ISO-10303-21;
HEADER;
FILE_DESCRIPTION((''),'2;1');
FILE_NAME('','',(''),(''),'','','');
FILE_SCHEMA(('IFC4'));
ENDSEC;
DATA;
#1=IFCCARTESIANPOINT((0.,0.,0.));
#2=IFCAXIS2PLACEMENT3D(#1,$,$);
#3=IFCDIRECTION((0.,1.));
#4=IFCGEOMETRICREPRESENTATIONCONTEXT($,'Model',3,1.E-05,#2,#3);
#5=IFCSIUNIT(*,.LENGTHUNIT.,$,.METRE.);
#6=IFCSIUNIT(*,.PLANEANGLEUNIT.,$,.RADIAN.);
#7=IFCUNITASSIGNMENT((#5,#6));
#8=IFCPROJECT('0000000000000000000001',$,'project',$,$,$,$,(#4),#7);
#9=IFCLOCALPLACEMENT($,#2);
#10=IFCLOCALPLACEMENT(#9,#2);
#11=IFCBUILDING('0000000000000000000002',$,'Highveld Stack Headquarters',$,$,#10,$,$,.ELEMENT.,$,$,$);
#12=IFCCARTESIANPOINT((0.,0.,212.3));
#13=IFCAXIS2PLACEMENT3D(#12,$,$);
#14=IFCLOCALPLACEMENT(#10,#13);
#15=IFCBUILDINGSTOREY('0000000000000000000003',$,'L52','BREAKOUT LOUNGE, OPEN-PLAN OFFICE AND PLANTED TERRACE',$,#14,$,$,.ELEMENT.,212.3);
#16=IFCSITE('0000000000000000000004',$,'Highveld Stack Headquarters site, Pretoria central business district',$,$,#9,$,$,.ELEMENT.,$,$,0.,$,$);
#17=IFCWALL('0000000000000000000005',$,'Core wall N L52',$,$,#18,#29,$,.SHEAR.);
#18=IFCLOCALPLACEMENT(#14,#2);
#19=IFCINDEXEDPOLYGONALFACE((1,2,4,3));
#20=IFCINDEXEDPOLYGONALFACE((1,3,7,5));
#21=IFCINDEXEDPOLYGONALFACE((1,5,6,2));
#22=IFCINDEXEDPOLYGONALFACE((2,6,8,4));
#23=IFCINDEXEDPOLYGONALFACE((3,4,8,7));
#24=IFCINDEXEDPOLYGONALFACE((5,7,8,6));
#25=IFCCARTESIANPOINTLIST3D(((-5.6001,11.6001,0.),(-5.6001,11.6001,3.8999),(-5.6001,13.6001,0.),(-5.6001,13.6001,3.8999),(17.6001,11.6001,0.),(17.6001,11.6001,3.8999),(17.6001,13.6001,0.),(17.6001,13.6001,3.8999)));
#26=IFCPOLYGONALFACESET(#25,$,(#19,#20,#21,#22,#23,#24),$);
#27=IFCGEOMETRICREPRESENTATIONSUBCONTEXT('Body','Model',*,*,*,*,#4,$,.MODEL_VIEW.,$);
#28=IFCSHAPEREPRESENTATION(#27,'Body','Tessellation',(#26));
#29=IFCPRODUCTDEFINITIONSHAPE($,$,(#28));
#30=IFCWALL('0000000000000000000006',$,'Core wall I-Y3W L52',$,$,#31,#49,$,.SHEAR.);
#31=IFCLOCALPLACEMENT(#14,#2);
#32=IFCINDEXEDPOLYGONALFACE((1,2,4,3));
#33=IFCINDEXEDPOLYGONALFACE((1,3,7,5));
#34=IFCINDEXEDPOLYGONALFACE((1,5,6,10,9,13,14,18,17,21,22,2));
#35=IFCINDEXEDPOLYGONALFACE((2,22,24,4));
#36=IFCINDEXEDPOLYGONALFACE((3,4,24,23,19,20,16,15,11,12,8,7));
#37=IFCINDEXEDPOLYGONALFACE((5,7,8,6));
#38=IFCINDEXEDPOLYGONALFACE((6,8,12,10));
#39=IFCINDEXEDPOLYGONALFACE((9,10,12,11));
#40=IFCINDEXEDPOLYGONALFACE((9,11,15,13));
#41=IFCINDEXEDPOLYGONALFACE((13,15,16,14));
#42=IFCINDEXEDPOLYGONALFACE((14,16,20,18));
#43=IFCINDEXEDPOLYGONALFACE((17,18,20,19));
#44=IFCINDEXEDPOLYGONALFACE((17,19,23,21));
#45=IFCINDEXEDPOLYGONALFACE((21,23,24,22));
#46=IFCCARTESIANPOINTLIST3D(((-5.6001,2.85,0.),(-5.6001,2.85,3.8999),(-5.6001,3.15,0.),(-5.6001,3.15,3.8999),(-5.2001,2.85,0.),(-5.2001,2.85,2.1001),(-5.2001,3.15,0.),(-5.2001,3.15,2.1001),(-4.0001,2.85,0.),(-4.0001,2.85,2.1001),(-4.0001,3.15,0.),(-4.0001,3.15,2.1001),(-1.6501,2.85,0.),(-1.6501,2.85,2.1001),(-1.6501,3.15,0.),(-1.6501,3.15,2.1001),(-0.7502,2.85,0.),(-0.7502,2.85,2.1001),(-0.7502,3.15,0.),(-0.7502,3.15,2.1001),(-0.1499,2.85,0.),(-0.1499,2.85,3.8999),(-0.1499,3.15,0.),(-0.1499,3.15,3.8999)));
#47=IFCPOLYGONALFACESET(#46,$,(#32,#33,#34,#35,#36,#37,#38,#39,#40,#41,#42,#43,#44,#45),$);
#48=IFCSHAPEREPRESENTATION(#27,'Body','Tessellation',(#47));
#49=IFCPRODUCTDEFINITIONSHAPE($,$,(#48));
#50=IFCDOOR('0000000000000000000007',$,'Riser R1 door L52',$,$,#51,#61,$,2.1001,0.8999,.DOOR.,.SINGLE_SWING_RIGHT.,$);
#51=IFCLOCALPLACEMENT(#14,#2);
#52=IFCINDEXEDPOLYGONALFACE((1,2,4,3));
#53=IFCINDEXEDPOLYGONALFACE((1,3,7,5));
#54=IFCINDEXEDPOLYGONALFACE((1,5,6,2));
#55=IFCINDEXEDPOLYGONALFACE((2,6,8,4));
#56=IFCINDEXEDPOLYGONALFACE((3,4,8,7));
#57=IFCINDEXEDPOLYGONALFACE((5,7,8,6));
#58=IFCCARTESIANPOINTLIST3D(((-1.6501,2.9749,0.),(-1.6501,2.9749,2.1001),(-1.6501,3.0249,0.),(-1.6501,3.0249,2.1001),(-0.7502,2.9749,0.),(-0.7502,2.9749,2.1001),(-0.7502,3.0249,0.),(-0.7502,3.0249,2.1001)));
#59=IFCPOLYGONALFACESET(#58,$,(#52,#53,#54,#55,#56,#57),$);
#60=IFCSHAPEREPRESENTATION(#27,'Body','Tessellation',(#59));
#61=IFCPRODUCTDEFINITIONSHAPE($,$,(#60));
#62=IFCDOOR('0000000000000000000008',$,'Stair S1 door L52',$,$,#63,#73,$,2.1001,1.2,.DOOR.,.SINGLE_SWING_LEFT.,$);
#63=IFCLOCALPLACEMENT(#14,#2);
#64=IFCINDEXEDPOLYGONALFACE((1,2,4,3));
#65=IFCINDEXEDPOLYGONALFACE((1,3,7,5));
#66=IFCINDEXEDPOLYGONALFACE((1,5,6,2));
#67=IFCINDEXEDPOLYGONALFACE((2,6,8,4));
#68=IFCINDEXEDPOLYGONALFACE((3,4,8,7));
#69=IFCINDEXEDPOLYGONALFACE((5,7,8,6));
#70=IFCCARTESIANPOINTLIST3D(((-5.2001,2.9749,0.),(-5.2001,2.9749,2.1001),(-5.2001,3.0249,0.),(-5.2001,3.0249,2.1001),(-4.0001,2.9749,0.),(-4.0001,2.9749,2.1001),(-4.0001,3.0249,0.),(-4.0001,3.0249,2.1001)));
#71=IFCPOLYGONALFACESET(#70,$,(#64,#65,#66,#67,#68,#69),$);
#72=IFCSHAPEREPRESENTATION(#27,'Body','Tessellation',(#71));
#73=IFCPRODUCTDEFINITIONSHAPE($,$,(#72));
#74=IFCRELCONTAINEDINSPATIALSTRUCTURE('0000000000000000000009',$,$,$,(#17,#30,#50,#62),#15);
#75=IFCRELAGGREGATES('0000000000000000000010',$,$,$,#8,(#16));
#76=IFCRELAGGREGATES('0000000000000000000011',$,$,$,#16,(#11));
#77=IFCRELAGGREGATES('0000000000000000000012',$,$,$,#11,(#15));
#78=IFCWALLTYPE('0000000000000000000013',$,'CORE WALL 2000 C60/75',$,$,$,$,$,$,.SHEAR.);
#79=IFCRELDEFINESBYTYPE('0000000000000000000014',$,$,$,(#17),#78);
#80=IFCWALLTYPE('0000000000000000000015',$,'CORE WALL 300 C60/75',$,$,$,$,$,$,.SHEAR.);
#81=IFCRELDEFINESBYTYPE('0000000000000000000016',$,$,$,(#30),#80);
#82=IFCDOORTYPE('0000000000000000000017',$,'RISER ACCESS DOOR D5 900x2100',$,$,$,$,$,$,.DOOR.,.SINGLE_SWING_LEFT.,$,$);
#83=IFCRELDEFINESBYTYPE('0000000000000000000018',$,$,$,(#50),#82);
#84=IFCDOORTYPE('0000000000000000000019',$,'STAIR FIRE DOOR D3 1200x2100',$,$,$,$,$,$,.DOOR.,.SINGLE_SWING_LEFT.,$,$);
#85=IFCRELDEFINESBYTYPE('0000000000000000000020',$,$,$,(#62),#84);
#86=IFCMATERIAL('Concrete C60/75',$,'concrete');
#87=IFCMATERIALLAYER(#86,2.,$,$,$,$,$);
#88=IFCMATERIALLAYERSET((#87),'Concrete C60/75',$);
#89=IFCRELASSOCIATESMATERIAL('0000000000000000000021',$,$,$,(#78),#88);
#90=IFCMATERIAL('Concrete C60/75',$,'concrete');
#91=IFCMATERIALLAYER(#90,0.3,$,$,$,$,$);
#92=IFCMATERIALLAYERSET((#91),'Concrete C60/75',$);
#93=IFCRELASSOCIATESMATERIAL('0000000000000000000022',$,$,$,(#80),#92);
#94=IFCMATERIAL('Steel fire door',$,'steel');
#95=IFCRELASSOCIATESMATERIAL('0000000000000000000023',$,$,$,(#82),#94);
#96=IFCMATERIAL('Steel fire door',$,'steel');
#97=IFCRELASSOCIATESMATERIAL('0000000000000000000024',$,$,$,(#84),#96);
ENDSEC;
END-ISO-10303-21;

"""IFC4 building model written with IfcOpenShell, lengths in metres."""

from ifc_helpers import new_model, si_unit, direction, frame, frame_2d, origin, place, context, subcontext, project, spatial, rectangle, extrude, material, layer, layer_set, type_object, element, fill, save


model = new_model("IFC4")

# Units and contexts
model_context = context("Model", 3, precision=1e-05, world=origin(), true_north=direction((0.0, 1.0)))
body_context = subcontext(model_context, "Body", "Model", "MODEL_VIEW")
ifc_project = project(units=[si_unit("LENGTHUNIT", "METRE"), si_unit("PLANEANGLEUNIT", "RADIAN")], contexts=[model_context])

# Site, building, storey
site_placement = place(None, origin())
site = spatial("IfcSite", under=ifc_project, at=site_placement, Name="Highveld Stack Headquarters site, Pretoria central business district", CompositionType="ELEMENT", RefElevation=0.0)
building_placement = place(site_placement, origin())
building = spatial("IfcBuilding", under=site, at=building_placement, Name="Highveld Stack Headquarters", CompositionType="ELEMENT")
storey_placement = place(building_placement, frame((0.0, 0.0, 212.3)))
storey = spatial("IfcBuildingStorey", under=building, at=storey_placement, Name="L52", Description="BREAKOUT LOUNGE, OPEN-PLAN OFFICE AND PLANTED TERRACE", CompositionType="ELEMENT", Elevation=212.3)

# Wall
ifc_material_1 = material(Name="Concrete C60/75", Category="concrete")
ifc_layer_1 = layer(ifc_material_1, 2.0)
ifc_layer_set_1 = layer_set([ifc_layer_1], Name="Concrete C60/75")
wall_type_1 = type_object("IfcWallType", Name="CORE WALL 2000 C60/75", PredefinedType="SHEAR", material=ifc_layer_set_1)
wall_1_placement = place(storey_placement, frame((-5.6001, 12.6001, 0.0), z_axis=(0.0, 0.0, 1.0), x_axis=(1.0, 0.0, 0.0)))
element("IfcWall", 1, at=wall_1_placement, inside=storey, type_object=wall_type_1, Name="Core wall N L52", PredefinedType="SHEAR", context=body_context, shape_type="SweptSolid", body=[
    extrude(rectangle(XDim=23.2002, YDim=2.0, at=frame_2d((11.6001, 0.0))), origin(), (0.0, 0.0, 1.0), 3.8999),
])

# Wall, openings, doors
ifc_material_2 = material(Name="Concrete C60/75", Category="concrete")
ifc_layer_2 = layer(ifc_material_2, 0.3)
ifc_layer_set_2 = layer_set([ifc_layer_2], Name="Concrete C60/75")
wall_type_2 = type_object("IfcWallType", Name="CORE WALL 300 C60/75", PredefinedType="SHEAR", material=ifc_layer_set_2)
wall_2_placement = place(storey_placement, frame((-5.6001, 3.0, 0.0), z_axis=(0.0, 0.0, 1.0), x_axis=(1.0, 0.0, 0.0)))
wall_2 = element("IfcWall", 2, at=wall_2_placement, inside=storey, type_object=wall_type_2, Name="Core wall I-Y3W L52", PredefinedType="SHEAR", context=body_context, shape_type="SweptSolid", body=[
    extrude(rectangle(XDim=5.4502, YDim=0.3, at=frame_2d((2.7251, 0.0))), origin(), (0.0, 0.0, 1.0), 3.8999),
])
opening_1_placement = place(wall_2_placement, frame((0.3999, 0.0, 0.0)))
opening_1 = element("IfcOpeningElement", 3, at=opening_1_placement, cuts=wall_2, PredefinedType="OPENING", context=body_context, shape_type="SweptSolid", body=[
    extrude(rectangle(XDim=1.2, YDim=2.1001, at=frame_2d((0.6001, 1.05))), frame((0.0, 0.1599, 0.0), z_axis=(0.0, -1.0, 0.0), x_axis=(1.0, 0.0, 0.0)), (0.0, 0.0, 1.0), 0.3201),
])
opening_2_placement = place(wall_2_placement, frame((3.95, 0.0, 0.0)))
opening_2 = element("IfcOpeningElement", 4, at=opening_2_placement, cuts=wall_2, PredefinedType="OPENING", context=body_context, shape_type="SweptSolid", body=[
    extrude(rectangle(XDim=0.8999, YDim=2.1001, at=frame_2d((0.45, 1.05))), frame((0.0, 0.1599, 0.0), z_axis=(0.0, -1.0, 0.0), x_axis=(1.0, 0.0, 0.0)), (0.0, 0.0, 1.0), 0.3201),
])
ifc_material_3 = material(Name="Steel fire door", Category="steel")
door_type_1 = type_object("IfcDoorType", Name="RISER ACCESS DOOR D5 900x2100", OperationType="SINGLE_SWING_LEFT", PredefinedType="DOOR", material=ifc_material_3)
door_1_placement = place(opening_2_placement, origin())
door_1 = element("IfcDoor", 5, at=door_1_placement, inside=storey, type_object=door_type_1, Name="Riser R1 door L52", OperationType="SINGLE_SWING_RIGHT", OverallHeight=2.1001, OverallWidth=0.8999, PredefinedType="DOOR", context=body_context, shape_type="SweptSolid", body=[
    extrude(rectangle(XDim=0.8999, YDim=2.1001, at=frame_2d((0.45, 1.05))), frame((0.0, 0.0249, 0.0), z_axis=(0.0, -1.0, 0.0), x_axis=(1.0, 0.0, 0.0)), (0.0, 0.0, 1.0), 0.05),
])
fill(opening_2, door_1)
ifc_material_4 = material(Name="Steel fire door", Category="steel")
door_type_2 = type_object("IfcDoorType", Name="STAIR FIRE DOOR D3 1200x2100", OperationType="SINGLE_SWING_LEFT", PredefinedType="DOOR", material=ifc_material_4)
door_2_placement = place(opening_1_placement, origin())
door_2 = element("IfcDoor", 6, at=door_2_placement, inside=storey, type_object=door_type_2, Name="Stair S1 door L52", OperationType="SINGLE_SWING_LEFT", OverallHeight=2.1001, OverallWidth=1.2, PredefinedType="DOOR", context=body_context, shape_type="SweptSolid", body=[
    extrude(rectangle(XDim=1.2, YDim=2.1001, at=frame_2d((0.6001, 1.05))), frame((0.0, 0.0249, 0.0), z_axis=(0.0, -1.0, 0.0), x_axis=(1.0, 0.0, 0.0)), (0.0, 0.0, 1.0), 0.05),
])
fill(opening_1, door_2)

save(model, "model.ifc")
